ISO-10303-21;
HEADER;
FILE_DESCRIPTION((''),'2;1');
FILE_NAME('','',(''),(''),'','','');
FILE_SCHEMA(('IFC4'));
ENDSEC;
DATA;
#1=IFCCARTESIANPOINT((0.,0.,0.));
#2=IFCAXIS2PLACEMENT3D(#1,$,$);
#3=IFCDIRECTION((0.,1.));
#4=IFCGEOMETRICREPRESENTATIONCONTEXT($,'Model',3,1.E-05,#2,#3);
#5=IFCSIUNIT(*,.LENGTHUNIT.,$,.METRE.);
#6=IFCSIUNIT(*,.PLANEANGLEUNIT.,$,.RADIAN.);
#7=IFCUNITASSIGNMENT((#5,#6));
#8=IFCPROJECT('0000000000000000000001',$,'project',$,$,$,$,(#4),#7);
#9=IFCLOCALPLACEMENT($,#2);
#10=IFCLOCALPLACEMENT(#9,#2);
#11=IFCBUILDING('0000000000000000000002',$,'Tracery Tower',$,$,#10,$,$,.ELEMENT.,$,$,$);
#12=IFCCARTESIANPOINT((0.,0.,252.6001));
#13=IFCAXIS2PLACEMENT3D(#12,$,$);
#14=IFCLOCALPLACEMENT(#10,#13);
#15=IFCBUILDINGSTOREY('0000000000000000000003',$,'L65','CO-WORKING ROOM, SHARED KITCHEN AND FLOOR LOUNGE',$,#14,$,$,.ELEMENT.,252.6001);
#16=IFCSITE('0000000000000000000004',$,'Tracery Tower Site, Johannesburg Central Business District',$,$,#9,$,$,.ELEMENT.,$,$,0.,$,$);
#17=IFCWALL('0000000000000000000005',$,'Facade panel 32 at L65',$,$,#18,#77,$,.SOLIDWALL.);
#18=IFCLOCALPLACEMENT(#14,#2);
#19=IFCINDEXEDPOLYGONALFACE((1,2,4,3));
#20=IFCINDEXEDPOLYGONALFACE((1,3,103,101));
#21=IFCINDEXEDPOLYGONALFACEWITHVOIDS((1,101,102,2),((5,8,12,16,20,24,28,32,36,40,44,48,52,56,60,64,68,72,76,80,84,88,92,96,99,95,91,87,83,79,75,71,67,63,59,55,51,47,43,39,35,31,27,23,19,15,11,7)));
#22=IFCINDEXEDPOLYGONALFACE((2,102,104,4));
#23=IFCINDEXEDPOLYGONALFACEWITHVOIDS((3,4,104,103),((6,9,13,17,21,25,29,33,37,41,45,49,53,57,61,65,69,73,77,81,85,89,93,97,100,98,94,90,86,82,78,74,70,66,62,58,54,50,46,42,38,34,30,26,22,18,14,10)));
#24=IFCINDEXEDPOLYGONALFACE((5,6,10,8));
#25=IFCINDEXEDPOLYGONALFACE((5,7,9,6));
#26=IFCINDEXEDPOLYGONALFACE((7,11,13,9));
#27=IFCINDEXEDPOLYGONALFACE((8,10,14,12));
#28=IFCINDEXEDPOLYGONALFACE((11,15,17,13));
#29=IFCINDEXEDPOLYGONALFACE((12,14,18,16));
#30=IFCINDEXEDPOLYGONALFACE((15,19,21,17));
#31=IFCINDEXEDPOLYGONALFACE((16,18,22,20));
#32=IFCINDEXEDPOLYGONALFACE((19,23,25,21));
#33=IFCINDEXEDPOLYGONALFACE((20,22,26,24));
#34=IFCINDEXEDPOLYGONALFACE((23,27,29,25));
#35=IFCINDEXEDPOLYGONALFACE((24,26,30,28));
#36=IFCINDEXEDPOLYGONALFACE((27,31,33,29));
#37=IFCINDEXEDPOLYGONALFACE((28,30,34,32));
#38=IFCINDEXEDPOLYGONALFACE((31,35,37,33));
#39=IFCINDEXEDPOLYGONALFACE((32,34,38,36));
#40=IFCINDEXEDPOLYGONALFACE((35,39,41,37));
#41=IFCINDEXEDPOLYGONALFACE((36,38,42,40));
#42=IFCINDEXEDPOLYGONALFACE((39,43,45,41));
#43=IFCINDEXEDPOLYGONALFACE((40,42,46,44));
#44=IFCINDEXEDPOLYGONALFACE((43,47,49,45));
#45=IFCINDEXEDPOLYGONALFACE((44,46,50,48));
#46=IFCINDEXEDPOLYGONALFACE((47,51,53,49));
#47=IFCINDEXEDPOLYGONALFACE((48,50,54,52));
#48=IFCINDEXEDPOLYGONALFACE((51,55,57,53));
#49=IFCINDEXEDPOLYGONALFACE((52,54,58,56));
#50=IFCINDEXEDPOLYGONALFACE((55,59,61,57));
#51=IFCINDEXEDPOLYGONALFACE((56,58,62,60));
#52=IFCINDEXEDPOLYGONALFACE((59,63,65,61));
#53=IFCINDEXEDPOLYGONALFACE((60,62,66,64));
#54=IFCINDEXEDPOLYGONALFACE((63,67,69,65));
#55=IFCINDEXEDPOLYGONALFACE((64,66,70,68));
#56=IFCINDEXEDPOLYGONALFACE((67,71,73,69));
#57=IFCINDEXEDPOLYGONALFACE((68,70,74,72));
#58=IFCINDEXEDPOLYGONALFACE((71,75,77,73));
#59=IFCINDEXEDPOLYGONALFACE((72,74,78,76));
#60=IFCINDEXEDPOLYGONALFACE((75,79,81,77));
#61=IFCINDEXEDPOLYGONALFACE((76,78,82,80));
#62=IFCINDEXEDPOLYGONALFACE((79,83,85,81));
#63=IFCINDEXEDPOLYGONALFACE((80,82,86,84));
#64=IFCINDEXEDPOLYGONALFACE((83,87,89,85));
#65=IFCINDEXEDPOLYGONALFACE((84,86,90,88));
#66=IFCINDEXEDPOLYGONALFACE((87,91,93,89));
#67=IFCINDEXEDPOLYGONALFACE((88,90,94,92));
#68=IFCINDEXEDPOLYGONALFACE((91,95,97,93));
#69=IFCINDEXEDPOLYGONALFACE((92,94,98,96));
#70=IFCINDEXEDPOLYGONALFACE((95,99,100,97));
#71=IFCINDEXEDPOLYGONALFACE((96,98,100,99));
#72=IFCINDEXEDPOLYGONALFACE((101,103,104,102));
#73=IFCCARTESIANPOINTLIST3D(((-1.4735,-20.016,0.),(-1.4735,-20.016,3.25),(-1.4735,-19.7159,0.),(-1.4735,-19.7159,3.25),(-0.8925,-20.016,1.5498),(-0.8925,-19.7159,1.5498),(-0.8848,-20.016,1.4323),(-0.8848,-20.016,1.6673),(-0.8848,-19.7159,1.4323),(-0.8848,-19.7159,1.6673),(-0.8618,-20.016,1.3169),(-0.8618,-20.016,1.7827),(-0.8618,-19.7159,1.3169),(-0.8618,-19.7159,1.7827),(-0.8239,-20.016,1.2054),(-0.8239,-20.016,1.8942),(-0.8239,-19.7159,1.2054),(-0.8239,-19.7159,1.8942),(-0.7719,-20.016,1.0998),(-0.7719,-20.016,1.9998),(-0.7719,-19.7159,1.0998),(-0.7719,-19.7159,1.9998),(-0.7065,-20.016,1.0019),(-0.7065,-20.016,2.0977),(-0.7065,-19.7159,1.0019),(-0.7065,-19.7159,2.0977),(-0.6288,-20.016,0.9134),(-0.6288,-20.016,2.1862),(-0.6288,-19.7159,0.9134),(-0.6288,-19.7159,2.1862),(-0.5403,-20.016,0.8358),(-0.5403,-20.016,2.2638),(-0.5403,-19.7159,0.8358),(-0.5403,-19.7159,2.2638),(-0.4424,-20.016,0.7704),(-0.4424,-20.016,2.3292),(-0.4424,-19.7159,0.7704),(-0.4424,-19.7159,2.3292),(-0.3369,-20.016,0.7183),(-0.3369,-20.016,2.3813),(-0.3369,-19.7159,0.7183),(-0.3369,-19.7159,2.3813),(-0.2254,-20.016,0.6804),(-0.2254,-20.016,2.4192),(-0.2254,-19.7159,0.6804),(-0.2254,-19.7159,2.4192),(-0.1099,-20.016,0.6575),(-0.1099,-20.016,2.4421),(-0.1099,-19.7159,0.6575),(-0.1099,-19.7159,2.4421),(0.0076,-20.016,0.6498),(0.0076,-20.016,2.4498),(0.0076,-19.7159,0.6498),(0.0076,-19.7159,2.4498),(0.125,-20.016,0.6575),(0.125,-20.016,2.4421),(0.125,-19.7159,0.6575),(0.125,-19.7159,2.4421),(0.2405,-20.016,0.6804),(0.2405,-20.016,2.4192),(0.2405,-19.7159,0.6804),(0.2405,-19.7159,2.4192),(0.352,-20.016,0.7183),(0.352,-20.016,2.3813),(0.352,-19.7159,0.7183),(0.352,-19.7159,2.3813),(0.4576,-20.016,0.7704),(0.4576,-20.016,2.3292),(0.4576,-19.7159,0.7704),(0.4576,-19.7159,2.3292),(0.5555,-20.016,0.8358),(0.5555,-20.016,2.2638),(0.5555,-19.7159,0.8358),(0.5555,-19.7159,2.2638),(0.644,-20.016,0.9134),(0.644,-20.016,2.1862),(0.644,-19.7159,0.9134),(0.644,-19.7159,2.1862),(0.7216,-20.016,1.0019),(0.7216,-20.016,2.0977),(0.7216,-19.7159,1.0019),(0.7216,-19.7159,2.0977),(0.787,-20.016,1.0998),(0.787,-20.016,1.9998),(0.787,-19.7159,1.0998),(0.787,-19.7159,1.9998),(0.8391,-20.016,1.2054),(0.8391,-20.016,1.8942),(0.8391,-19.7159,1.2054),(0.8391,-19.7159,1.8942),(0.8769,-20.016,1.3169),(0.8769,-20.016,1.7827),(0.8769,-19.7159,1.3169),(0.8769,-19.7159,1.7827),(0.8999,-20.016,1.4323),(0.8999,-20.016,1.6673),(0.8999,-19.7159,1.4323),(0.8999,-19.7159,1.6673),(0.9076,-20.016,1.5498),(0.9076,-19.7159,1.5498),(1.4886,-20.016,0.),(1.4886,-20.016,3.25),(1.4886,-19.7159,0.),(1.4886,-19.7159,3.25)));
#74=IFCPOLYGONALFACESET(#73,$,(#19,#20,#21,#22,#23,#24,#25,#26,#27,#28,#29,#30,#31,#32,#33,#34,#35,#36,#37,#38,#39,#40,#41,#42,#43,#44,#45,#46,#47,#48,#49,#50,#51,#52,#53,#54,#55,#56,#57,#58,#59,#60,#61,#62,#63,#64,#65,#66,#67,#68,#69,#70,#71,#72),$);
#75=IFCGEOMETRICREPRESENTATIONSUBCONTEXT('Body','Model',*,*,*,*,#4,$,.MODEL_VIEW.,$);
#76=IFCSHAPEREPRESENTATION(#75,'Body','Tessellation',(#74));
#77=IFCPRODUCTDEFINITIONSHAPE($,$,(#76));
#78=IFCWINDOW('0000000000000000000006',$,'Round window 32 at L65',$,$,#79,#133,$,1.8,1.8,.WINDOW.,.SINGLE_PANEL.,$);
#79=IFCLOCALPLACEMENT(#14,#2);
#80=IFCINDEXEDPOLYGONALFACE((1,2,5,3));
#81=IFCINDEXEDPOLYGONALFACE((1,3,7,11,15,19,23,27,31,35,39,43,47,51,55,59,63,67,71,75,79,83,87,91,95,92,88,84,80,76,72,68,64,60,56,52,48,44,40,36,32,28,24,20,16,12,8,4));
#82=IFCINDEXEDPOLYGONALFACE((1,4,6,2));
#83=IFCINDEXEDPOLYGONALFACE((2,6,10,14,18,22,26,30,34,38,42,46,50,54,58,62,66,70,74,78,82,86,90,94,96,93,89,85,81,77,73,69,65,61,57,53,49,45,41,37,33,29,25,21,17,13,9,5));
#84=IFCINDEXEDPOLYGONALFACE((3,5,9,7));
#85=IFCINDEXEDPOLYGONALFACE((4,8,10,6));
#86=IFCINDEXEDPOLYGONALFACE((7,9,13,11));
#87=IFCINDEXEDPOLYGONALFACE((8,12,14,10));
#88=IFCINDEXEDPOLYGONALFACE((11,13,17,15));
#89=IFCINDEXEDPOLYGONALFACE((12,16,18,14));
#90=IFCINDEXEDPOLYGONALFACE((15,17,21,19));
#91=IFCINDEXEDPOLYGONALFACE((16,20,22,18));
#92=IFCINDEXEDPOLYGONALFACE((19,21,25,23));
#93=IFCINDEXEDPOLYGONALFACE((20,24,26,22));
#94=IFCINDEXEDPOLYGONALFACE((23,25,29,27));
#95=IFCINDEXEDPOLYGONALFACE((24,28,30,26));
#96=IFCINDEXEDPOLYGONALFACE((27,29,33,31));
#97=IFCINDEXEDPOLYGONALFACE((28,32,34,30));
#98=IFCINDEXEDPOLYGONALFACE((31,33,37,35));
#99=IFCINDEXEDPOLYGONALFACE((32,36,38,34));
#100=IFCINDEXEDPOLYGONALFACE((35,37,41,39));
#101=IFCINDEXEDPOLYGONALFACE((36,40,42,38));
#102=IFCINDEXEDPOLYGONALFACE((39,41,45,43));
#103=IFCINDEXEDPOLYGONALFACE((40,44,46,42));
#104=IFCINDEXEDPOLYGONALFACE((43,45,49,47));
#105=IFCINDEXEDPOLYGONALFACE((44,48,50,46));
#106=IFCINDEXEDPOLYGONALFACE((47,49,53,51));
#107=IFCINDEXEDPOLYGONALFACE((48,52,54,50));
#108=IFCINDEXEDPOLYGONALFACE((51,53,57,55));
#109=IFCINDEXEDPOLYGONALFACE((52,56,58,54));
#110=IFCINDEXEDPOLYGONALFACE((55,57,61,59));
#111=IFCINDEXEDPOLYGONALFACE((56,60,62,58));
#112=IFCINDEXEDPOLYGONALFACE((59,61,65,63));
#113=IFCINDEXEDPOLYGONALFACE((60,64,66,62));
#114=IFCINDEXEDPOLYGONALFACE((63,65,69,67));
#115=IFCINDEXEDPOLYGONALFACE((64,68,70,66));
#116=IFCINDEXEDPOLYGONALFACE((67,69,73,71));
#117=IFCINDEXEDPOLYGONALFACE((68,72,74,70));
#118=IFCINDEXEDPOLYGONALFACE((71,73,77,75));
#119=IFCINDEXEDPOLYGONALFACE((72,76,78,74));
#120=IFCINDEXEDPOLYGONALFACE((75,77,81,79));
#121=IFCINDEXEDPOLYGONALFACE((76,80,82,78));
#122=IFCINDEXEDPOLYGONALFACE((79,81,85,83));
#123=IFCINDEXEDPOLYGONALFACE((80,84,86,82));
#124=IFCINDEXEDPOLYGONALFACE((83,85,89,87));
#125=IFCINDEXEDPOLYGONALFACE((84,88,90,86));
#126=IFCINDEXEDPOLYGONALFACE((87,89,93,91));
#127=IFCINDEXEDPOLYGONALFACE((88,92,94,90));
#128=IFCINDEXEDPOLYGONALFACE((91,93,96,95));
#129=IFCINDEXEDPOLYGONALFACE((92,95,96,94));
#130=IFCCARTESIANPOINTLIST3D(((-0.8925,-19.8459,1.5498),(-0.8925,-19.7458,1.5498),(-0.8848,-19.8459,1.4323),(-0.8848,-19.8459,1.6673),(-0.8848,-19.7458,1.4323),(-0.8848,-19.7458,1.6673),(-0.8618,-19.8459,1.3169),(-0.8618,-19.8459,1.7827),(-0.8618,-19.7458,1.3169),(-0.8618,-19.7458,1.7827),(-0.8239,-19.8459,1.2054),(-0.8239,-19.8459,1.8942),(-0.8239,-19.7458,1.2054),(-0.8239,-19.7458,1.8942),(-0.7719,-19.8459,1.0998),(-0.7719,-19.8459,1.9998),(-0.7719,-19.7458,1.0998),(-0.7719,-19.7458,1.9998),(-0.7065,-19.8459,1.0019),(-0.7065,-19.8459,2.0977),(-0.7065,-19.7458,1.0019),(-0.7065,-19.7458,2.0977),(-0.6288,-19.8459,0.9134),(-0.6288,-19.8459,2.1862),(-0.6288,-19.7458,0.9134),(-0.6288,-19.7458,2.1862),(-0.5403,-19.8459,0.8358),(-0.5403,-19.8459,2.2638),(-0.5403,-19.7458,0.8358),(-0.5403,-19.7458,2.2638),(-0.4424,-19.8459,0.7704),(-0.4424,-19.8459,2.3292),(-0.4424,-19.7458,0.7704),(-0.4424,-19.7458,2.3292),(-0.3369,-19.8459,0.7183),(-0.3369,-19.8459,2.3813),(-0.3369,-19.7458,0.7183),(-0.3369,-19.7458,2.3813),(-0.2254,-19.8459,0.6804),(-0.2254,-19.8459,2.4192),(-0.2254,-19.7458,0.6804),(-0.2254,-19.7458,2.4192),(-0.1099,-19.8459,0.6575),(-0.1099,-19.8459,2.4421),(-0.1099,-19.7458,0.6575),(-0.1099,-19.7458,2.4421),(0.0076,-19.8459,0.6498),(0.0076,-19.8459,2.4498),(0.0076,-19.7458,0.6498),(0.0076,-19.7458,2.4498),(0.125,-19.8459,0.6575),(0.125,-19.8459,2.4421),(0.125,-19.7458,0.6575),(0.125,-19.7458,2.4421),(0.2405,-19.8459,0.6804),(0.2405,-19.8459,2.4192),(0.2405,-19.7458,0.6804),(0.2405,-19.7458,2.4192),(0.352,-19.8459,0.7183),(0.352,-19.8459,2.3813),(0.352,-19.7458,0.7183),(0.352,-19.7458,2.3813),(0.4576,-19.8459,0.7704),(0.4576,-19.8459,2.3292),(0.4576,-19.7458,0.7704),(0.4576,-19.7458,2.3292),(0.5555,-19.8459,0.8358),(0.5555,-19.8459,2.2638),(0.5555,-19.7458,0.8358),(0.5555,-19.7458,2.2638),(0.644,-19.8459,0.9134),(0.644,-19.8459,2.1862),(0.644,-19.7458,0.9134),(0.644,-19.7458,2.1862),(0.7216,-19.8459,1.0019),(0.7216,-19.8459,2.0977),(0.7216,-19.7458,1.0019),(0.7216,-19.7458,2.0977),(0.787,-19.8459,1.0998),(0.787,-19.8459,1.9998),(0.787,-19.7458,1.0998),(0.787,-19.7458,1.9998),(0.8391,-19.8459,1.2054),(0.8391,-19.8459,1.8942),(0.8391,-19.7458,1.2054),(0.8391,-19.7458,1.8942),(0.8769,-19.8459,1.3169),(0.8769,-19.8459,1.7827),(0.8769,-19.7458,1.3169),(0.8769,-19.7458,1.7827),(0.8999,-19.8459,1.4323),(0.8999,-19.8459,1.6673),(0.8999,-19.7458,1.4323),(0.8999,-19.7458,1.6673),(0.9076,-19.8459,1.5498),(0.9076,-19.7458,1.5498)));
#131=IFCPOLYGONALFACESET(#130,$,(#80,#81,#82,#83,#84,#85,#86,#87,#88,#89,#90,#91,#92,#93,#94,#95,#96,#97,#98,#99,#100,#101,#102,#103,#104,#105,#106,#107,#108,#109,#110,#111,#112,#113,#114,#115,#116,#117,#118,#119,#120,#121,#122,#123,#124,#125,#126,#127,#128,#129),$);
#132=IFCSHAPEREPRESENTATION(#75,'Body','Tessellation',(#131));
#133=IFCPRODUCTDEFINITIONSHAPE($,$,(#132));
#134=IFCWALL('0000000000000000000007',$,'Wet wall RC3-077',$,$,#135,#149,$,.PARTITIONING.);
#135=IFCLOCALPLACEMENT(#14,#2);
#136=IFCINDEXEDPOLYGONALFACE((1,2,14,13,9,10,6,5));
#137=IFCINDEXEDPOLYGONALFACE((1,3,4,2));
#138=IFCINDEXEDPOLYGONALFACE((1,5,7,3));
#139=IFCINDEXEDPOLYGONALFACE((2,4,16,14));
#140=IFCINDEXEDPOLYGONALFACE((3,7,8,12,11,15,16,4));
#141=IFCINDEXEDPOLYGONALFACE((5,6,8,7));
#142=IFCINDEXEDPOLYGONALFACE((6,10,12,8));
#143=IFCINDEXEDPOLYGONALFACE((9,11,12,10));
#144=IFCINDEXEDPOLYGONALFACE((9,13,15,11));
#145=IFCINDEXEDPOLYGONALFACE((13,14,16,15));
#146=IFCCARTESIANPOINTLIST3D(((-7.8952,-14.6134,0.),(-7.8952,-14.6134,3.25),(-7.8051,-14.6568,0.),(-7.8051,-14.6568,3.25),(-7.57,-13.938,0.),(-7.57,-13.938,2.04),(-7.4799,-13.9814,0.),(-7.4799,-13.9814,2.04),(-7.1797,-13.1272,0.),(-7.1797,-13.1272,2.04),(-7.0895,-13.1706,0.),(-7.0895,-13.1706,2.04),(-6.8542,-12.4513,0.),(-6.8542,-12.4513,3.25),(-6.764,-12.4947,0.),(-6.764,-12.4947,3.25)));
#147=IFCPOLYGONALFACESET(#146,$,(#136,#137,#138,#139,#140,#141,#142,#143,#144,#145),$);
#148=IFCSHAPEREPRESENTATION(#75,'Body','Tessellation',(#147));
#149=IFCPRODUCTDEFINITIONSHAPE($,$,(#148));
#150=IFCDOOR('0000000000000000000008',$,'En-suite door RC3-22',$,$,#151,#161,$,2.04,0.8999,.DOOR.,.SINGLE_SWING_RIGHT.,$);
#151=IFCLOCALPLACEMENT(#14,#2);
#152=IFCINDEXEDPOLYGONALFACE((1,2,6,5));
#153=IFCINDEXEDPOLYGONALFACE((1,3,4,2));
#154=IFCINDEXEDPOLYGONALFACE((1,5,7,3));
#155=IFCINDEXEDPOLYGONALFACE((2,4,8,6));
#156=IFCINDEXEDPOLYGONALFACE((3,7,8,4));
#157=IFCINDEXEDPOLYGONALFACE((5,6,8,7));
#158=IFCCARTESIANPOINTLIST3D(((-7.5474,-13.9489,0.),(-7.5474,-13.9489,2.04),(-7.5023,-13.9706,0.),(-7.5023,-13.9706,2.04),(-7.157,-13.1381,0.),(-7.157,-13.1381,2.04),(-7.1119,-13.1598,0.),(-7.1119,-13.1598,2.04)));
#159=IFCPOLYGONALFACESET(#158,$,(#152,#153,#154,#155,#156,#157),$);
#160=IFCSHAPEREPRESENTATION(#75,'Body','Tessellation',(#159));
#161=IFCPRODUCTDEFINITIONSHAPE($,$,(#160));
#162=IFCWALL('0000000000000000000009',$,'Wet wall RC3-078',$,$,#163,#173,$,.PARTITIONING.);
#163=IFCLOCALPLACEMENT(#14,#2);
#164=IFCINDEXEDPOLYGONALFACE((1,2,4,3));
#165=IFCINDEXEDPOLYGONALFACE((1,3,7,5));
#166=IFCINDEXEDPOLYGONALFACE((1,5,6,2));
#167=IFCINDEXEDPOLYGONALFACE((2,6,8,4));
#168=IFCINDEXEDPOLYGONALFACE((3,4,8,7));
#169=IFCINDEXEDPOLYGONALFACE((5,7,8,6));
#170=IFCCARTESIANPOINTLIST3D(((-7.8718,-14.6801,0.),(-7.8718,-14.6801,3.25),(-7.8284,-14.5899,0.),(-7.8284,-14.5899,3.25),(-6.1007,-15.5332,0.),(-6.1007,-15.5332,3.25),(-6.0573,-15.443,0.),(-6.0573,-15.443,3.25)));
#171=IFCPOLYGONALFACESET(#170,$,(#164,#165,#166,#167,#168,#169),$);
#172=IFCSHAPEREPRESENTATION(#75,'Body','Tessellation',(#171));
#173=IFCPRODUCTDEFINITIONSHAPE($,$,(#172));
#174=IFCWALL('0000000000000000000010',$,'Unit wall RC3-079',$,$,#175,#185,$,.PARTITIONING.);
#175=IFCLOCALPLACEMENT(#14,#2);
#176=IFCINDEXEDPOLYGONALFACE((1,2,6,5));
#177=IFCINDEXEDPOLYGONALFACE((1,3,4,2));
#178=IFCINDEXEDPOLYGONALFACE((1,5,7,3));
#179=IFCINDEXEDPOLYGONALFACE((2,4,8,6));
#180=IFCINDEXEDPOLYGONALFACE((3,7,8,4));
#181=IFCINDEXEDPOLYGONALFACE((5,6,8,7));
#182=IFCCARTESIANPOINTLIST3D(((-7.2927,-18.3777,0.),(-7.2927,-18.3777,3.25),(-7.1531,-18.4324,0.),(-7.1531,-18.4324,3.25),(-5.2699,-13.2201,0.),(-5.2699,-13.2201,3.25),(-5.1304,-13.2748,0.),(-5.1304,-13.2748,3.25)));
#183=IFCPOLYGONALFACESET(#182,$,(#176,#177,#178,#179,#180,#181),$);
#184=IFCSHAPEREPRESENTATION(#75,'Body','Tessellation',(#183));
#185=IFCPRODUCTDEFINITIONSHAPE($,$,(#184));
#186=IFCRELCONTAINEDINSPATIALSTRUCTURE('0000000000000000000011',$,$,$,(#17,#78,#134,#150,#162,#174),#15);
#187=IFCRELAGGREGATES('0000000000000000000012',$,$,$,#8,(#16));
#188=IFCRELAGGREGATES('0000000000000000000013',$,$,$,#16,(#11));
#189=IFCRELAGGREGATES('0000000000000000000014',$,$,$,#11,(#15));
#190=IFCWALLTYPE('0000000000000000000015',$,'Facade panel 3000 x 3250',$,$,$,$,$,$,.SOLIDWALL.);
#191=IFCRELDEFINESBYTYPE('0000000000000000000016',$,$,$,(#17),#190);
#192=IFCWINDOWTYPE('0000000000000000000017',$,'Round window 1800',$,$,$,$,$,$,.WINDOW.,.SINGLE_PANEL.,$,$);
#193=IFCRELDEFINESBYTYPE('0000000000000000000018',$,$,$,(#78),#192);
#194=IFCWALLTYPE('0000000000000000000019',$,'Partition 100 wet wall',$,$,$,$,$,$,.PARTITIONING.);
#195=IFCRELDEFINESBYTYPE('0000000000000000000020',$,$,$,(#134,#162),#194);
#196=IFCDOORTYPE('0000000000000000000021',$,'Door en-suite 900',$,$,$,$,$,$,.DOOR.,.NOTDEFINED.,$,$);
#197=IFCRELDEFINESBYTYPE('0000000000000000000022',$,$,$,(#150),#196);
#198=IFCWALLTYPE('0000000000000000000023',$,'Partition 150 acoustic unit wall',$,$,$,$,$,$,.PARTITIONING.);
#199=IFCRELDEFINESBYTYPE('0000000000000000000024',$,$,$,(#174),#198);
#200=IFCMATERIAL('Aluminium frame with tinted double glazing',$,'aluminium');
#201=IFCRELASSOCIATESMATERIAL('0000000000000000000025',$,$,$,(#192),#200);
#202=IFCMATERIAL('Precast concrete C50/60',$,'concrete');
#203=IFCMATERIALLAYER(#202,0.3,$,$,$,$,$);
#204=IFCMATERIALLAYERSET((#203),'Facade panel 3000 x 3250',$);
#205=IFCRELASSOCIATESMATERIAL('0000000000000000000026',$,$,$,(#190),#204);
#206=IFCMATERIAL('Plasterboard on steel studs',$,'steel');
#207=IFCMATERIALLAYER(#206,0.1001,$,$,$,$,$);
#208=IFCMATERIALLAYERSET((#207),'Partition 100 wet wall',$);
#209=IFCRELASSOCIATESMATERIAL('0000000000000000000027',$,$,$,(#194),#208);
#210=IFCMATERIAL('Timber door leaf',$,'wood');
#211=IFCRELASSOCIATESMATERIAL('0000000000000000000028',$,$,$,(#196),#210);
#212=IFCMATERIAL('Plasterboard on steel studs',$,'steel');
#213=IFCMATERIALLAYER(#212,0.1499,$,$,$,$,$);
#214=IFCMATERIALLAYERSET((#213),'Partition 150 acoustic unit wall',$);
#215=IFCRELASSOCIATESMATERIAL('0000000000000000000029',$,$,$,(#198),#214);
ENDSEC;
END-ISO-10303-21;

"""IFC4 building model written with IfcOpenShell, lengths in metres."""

from ifc_helpers import new_model, si_unit, direction, frame, frame_2d, origin, origin_2d, place, context, subcontext, project, spatial, rectangle, circle, extrude, material, layer, layer_set, type_object, element, fill, save


model = new_model("IFC4")

# Units and contexts
model_context = context("Model", 3, precision=1e-05, world=origin(), true_north=direction((0.0, 1.0)))
body_context = subcontext(model_context, "Body", "Model", "MODEL_VIEW")
ifc_project = project(units=[si_unit("LENGTHUNIT", "METRE"), si_unit("PLANEANGLEUNIT", "RADIAN")], contexts=[model_context])

# Site, building, storey
site_placement = place(None, origin())
site = spatial("IfcSite", under=ifc_project, at=site_placement, Name="Tracery Tower Site, Johannesburg Central Business District", CompositionType="ELEMENT", RefElevation=0.0)
building_placement = place(site_placement, origin())
building = spatial("IfcBuilding", under=site, at=building_placement, Name="Tracery Tower", CompositionType="ELEMENT")
storey_placement = place(building_placement, frame((0.0, 0.0, 252.6001)))
storey = spatial("IfcBuildingStorey", under=building, at=storey_placement, Name="L65", Description="CO-WORKING ROOM, SHARED KITCHEN AND FLOOR LOUNGE", CompositionType="ELEMENT", Elevation=252.6001)

# Wall, opening, window
ifc_material_1 = material(Name="Aluminium frame with tinted double glazing", Category="aluminium")
window_type = type_object("IfcWindowType", Name="Round window 1800", PartitioningType="SINGLE_PANEL", PredefinedType="WINDOW", material=ifc_material_1)
ifc_material_2 = material(Name="Precast concrete C50/60", Category="concrete")
ifc_layer_1 = layer(ifc_material_2, 0.3)
ifc_layer_set_1 = layer_set([ifc_layer_1], Name="Facade panel 3000 x 3250")
wall_type_1 = type_object("IfcWallType", Name="Facade panel 3000 x 3250", PredefinedType="SOLIDWALL", material=ifc_layer_set_1)
wall_1_placement = place(storey_placement, frame((-1.4734, -19.866, 0.0), z_axis=(0.0, 0.0, 1.0), x_axis=(1.0, 0.0, 0.0)))
wall_1 = element("IfcWall", 1, at=wall_1_placement, inside=storey, type_object=wall_type_1, Name="Facade panel 32 at L65", PredefinedType="SOLIDWALL", context=body_context, shape_type="SweptSolid", body=[
    extrude(rectangle(XDim=2.9622, YDim=0.3, at=frame_2d((1.481, 0.0))), origin(), (0.0, 0.0, 1.0), 3.25),
])
opening_1_placement = place(wall_1_placement, frame((1.481, 0.0, 1.5498)))
opening_1 = element("IfcOpeningElement", 2, at=opening_1_placement, cuts=wall_1, PredefinedType="OPENING", context=body_context, shape_type="SweptSolid", body=[
    extrude(circle(Radius=0.9, at=origin_2d()), frame((0.0, 0.1599, 0.0), z_axis=(0.0, -1.0, 0.0), x_axis=(1.0, 0.0, 0.0)), (0.0, 0.0, 1.0), 0.3201),
])
window_1_placement = place(opening_1_placement, origin())
window_1 = element("IfcWindow", 3, at=window_1_placement, inside=storey, type_object=window_type, Name="Round window 32 at L65", OverallHeight=1.8, OverallWidth=1.8, PartitioningType="SINGLE_PANEL", PredefinedType="WINDOW", context=body_context, shape_type="SweptSolid", body=[
    extrude(circle(Radius=0.9, at=origin_2d()), frame((0.0, 0.1201, 0.0), z_axis=(0.0, -1.0, 0.0), x_axis=(1.0, 0.0, 0.0)), (0.0, 0.0, 1.0), 0.1001),
])
fill(opening_1, window_1)

# Wall, opening, door
ifc_material_3 = material(Name="Plasterboard on steel studs", Category="steel")
ifc_layer_2 = layer(ifc_material_3, 0.1001)
ifc_layer_set_2 = layer_set([ifc_layer_2], Name="Partition 100 wet wall")
wall_type_2 = type_object("IfcWallType", Name="Partition 100 wet wall", PredefinedType="PARTITIONING", material=ifc_layer_set_2)
wall_2_placement = place(storey_placement, frame((-7.8501, -14.635, 0.0), z_axis=(0.0, 0.0, 1.0), x_axis=(0.433816, 0.901002, 0.0)))
wall_2 = element("IfcWall", 4, at=wall_2_placement, inside=storey, type_object=wall_type_2, Name="Wet wall RC3-077", PredefinedType="PARTITIONING", context=body_context, shape_type="SweptSolid", body=[
    extrude(rectangle(XDim=2.3997, YDim=0.1001, at=frame_2d((1.1997, 0.0))), origin(), (0.0, 0.0, 1.0), 3.25),
])
opening_2_placement = place(wall_2_placement, frame((0.7495, 0.0, 0.0)))
opening_2 = element("IfcOpeningElement", 5, at=opening_2_placement, cuts=wall_2, PredefinedType="OPENING", context=body_context, shape_type="SweptSolid", body=[
    extrude(rectangle(XDim=0.8999, YDim=2.04, at=frame_2d((0.45, 1.02))), frame((0.0, 0.05, 0.0), z_axis=(0.0, -1.0, 0.0), x_axis=(1.0, 0.0, 0.0)), (0.0, 0.0, 1.0), 0.1001),
])
ifc_material_4 = material(Name="Timber door leaf", Category="wood")
door_type_1 = type_object("IfcDoorType", Name="Door en-suite 900", OperationType="NOTDEFINED", PredefinedType="DOOR", material=ifc_material_4)
door_1_placement = place(opening_2_placement, origin())
door_1 = element("IfcDoor", 6, at=door_1_placement, inside=storey, type_object=door_type_1, Name="En-suite door RC3-22", OperationType="SINGLE_SWING_RIGHT", OverallHeight=2.04, OverallWidth=0.8999, PredefinedType="DOOR", context=body_context, shape_type="SweptSolid", body=[
    extrude(rectangle(XDim=0.8999, YDim=2.04, at=frame_2d((0.45, 1.02))), frame((0.0, 0.0249, 0.0), z_axis=(0.0, -1.0, 0.0), x_axis=(1.0, 0.0, 0.0)), (0.0, 0.0, 1.0), 0.05),
])
fill(opening_2, door_1)

# Walls
wall_3_placement = place(storey_placement, frame((-7.8501, -14.635, 0.0), z_axis=(0.0, 0.0, 1.0), x_axis=(0.900937, -0.43395, 0.0)))
element("IfcWall", 7, at=wall_3_placement, inside=storey, type_object=wall_type_2, Name="Wet wall RC3-078", PredefinedType="PARTITIONING", context=body_context, shape_type="SweptSolid", body=[
    extrude(rectangle(XDim=1.9658, YDim=0.1001, at=frame_2d((0.9829, 0.0))), origin(), (0.0, 0.0, 1.0), 3.25),
])
ifc_material_5 = material(Name="Plasterboard on steel studs", Category="steel")
ifc_layer_3 = layer(ifc_material_5, 0.1499)
ifc_layer_set_3 = layer_set([ifc_layer_3], Name="Partition 150 acoustic unit wall")
wall_type_3 = type_object("IfcWallType", Name="Partition 150 acoustic unit wall", PredefinedType="PARTITIONING", material=ifc_layer_set_3)
wall_4_placement = place(storey_placement, frame((-7.2229, -18.405, 0.0), z_axis=(0.0, 0.0, 1.0), x_axis=(0.365114, 0.930963, 0.0)))
element("IfcWall", 8, at=wall_4_placement, inside=storey, type_object=wall_type_3, Name="Unit wall RC3-079", PredefinedType="PARTITIONING", context=body_context, shape_type="SweptSolid", body=[
    extrude(rectangle(XDim=5.54, YDim=0.1499, at=frame_2d((2.77, 0.0))), origin(), (0.0, 0.0, 1.0), 3.25),
])

save(model, "model.ifc")
